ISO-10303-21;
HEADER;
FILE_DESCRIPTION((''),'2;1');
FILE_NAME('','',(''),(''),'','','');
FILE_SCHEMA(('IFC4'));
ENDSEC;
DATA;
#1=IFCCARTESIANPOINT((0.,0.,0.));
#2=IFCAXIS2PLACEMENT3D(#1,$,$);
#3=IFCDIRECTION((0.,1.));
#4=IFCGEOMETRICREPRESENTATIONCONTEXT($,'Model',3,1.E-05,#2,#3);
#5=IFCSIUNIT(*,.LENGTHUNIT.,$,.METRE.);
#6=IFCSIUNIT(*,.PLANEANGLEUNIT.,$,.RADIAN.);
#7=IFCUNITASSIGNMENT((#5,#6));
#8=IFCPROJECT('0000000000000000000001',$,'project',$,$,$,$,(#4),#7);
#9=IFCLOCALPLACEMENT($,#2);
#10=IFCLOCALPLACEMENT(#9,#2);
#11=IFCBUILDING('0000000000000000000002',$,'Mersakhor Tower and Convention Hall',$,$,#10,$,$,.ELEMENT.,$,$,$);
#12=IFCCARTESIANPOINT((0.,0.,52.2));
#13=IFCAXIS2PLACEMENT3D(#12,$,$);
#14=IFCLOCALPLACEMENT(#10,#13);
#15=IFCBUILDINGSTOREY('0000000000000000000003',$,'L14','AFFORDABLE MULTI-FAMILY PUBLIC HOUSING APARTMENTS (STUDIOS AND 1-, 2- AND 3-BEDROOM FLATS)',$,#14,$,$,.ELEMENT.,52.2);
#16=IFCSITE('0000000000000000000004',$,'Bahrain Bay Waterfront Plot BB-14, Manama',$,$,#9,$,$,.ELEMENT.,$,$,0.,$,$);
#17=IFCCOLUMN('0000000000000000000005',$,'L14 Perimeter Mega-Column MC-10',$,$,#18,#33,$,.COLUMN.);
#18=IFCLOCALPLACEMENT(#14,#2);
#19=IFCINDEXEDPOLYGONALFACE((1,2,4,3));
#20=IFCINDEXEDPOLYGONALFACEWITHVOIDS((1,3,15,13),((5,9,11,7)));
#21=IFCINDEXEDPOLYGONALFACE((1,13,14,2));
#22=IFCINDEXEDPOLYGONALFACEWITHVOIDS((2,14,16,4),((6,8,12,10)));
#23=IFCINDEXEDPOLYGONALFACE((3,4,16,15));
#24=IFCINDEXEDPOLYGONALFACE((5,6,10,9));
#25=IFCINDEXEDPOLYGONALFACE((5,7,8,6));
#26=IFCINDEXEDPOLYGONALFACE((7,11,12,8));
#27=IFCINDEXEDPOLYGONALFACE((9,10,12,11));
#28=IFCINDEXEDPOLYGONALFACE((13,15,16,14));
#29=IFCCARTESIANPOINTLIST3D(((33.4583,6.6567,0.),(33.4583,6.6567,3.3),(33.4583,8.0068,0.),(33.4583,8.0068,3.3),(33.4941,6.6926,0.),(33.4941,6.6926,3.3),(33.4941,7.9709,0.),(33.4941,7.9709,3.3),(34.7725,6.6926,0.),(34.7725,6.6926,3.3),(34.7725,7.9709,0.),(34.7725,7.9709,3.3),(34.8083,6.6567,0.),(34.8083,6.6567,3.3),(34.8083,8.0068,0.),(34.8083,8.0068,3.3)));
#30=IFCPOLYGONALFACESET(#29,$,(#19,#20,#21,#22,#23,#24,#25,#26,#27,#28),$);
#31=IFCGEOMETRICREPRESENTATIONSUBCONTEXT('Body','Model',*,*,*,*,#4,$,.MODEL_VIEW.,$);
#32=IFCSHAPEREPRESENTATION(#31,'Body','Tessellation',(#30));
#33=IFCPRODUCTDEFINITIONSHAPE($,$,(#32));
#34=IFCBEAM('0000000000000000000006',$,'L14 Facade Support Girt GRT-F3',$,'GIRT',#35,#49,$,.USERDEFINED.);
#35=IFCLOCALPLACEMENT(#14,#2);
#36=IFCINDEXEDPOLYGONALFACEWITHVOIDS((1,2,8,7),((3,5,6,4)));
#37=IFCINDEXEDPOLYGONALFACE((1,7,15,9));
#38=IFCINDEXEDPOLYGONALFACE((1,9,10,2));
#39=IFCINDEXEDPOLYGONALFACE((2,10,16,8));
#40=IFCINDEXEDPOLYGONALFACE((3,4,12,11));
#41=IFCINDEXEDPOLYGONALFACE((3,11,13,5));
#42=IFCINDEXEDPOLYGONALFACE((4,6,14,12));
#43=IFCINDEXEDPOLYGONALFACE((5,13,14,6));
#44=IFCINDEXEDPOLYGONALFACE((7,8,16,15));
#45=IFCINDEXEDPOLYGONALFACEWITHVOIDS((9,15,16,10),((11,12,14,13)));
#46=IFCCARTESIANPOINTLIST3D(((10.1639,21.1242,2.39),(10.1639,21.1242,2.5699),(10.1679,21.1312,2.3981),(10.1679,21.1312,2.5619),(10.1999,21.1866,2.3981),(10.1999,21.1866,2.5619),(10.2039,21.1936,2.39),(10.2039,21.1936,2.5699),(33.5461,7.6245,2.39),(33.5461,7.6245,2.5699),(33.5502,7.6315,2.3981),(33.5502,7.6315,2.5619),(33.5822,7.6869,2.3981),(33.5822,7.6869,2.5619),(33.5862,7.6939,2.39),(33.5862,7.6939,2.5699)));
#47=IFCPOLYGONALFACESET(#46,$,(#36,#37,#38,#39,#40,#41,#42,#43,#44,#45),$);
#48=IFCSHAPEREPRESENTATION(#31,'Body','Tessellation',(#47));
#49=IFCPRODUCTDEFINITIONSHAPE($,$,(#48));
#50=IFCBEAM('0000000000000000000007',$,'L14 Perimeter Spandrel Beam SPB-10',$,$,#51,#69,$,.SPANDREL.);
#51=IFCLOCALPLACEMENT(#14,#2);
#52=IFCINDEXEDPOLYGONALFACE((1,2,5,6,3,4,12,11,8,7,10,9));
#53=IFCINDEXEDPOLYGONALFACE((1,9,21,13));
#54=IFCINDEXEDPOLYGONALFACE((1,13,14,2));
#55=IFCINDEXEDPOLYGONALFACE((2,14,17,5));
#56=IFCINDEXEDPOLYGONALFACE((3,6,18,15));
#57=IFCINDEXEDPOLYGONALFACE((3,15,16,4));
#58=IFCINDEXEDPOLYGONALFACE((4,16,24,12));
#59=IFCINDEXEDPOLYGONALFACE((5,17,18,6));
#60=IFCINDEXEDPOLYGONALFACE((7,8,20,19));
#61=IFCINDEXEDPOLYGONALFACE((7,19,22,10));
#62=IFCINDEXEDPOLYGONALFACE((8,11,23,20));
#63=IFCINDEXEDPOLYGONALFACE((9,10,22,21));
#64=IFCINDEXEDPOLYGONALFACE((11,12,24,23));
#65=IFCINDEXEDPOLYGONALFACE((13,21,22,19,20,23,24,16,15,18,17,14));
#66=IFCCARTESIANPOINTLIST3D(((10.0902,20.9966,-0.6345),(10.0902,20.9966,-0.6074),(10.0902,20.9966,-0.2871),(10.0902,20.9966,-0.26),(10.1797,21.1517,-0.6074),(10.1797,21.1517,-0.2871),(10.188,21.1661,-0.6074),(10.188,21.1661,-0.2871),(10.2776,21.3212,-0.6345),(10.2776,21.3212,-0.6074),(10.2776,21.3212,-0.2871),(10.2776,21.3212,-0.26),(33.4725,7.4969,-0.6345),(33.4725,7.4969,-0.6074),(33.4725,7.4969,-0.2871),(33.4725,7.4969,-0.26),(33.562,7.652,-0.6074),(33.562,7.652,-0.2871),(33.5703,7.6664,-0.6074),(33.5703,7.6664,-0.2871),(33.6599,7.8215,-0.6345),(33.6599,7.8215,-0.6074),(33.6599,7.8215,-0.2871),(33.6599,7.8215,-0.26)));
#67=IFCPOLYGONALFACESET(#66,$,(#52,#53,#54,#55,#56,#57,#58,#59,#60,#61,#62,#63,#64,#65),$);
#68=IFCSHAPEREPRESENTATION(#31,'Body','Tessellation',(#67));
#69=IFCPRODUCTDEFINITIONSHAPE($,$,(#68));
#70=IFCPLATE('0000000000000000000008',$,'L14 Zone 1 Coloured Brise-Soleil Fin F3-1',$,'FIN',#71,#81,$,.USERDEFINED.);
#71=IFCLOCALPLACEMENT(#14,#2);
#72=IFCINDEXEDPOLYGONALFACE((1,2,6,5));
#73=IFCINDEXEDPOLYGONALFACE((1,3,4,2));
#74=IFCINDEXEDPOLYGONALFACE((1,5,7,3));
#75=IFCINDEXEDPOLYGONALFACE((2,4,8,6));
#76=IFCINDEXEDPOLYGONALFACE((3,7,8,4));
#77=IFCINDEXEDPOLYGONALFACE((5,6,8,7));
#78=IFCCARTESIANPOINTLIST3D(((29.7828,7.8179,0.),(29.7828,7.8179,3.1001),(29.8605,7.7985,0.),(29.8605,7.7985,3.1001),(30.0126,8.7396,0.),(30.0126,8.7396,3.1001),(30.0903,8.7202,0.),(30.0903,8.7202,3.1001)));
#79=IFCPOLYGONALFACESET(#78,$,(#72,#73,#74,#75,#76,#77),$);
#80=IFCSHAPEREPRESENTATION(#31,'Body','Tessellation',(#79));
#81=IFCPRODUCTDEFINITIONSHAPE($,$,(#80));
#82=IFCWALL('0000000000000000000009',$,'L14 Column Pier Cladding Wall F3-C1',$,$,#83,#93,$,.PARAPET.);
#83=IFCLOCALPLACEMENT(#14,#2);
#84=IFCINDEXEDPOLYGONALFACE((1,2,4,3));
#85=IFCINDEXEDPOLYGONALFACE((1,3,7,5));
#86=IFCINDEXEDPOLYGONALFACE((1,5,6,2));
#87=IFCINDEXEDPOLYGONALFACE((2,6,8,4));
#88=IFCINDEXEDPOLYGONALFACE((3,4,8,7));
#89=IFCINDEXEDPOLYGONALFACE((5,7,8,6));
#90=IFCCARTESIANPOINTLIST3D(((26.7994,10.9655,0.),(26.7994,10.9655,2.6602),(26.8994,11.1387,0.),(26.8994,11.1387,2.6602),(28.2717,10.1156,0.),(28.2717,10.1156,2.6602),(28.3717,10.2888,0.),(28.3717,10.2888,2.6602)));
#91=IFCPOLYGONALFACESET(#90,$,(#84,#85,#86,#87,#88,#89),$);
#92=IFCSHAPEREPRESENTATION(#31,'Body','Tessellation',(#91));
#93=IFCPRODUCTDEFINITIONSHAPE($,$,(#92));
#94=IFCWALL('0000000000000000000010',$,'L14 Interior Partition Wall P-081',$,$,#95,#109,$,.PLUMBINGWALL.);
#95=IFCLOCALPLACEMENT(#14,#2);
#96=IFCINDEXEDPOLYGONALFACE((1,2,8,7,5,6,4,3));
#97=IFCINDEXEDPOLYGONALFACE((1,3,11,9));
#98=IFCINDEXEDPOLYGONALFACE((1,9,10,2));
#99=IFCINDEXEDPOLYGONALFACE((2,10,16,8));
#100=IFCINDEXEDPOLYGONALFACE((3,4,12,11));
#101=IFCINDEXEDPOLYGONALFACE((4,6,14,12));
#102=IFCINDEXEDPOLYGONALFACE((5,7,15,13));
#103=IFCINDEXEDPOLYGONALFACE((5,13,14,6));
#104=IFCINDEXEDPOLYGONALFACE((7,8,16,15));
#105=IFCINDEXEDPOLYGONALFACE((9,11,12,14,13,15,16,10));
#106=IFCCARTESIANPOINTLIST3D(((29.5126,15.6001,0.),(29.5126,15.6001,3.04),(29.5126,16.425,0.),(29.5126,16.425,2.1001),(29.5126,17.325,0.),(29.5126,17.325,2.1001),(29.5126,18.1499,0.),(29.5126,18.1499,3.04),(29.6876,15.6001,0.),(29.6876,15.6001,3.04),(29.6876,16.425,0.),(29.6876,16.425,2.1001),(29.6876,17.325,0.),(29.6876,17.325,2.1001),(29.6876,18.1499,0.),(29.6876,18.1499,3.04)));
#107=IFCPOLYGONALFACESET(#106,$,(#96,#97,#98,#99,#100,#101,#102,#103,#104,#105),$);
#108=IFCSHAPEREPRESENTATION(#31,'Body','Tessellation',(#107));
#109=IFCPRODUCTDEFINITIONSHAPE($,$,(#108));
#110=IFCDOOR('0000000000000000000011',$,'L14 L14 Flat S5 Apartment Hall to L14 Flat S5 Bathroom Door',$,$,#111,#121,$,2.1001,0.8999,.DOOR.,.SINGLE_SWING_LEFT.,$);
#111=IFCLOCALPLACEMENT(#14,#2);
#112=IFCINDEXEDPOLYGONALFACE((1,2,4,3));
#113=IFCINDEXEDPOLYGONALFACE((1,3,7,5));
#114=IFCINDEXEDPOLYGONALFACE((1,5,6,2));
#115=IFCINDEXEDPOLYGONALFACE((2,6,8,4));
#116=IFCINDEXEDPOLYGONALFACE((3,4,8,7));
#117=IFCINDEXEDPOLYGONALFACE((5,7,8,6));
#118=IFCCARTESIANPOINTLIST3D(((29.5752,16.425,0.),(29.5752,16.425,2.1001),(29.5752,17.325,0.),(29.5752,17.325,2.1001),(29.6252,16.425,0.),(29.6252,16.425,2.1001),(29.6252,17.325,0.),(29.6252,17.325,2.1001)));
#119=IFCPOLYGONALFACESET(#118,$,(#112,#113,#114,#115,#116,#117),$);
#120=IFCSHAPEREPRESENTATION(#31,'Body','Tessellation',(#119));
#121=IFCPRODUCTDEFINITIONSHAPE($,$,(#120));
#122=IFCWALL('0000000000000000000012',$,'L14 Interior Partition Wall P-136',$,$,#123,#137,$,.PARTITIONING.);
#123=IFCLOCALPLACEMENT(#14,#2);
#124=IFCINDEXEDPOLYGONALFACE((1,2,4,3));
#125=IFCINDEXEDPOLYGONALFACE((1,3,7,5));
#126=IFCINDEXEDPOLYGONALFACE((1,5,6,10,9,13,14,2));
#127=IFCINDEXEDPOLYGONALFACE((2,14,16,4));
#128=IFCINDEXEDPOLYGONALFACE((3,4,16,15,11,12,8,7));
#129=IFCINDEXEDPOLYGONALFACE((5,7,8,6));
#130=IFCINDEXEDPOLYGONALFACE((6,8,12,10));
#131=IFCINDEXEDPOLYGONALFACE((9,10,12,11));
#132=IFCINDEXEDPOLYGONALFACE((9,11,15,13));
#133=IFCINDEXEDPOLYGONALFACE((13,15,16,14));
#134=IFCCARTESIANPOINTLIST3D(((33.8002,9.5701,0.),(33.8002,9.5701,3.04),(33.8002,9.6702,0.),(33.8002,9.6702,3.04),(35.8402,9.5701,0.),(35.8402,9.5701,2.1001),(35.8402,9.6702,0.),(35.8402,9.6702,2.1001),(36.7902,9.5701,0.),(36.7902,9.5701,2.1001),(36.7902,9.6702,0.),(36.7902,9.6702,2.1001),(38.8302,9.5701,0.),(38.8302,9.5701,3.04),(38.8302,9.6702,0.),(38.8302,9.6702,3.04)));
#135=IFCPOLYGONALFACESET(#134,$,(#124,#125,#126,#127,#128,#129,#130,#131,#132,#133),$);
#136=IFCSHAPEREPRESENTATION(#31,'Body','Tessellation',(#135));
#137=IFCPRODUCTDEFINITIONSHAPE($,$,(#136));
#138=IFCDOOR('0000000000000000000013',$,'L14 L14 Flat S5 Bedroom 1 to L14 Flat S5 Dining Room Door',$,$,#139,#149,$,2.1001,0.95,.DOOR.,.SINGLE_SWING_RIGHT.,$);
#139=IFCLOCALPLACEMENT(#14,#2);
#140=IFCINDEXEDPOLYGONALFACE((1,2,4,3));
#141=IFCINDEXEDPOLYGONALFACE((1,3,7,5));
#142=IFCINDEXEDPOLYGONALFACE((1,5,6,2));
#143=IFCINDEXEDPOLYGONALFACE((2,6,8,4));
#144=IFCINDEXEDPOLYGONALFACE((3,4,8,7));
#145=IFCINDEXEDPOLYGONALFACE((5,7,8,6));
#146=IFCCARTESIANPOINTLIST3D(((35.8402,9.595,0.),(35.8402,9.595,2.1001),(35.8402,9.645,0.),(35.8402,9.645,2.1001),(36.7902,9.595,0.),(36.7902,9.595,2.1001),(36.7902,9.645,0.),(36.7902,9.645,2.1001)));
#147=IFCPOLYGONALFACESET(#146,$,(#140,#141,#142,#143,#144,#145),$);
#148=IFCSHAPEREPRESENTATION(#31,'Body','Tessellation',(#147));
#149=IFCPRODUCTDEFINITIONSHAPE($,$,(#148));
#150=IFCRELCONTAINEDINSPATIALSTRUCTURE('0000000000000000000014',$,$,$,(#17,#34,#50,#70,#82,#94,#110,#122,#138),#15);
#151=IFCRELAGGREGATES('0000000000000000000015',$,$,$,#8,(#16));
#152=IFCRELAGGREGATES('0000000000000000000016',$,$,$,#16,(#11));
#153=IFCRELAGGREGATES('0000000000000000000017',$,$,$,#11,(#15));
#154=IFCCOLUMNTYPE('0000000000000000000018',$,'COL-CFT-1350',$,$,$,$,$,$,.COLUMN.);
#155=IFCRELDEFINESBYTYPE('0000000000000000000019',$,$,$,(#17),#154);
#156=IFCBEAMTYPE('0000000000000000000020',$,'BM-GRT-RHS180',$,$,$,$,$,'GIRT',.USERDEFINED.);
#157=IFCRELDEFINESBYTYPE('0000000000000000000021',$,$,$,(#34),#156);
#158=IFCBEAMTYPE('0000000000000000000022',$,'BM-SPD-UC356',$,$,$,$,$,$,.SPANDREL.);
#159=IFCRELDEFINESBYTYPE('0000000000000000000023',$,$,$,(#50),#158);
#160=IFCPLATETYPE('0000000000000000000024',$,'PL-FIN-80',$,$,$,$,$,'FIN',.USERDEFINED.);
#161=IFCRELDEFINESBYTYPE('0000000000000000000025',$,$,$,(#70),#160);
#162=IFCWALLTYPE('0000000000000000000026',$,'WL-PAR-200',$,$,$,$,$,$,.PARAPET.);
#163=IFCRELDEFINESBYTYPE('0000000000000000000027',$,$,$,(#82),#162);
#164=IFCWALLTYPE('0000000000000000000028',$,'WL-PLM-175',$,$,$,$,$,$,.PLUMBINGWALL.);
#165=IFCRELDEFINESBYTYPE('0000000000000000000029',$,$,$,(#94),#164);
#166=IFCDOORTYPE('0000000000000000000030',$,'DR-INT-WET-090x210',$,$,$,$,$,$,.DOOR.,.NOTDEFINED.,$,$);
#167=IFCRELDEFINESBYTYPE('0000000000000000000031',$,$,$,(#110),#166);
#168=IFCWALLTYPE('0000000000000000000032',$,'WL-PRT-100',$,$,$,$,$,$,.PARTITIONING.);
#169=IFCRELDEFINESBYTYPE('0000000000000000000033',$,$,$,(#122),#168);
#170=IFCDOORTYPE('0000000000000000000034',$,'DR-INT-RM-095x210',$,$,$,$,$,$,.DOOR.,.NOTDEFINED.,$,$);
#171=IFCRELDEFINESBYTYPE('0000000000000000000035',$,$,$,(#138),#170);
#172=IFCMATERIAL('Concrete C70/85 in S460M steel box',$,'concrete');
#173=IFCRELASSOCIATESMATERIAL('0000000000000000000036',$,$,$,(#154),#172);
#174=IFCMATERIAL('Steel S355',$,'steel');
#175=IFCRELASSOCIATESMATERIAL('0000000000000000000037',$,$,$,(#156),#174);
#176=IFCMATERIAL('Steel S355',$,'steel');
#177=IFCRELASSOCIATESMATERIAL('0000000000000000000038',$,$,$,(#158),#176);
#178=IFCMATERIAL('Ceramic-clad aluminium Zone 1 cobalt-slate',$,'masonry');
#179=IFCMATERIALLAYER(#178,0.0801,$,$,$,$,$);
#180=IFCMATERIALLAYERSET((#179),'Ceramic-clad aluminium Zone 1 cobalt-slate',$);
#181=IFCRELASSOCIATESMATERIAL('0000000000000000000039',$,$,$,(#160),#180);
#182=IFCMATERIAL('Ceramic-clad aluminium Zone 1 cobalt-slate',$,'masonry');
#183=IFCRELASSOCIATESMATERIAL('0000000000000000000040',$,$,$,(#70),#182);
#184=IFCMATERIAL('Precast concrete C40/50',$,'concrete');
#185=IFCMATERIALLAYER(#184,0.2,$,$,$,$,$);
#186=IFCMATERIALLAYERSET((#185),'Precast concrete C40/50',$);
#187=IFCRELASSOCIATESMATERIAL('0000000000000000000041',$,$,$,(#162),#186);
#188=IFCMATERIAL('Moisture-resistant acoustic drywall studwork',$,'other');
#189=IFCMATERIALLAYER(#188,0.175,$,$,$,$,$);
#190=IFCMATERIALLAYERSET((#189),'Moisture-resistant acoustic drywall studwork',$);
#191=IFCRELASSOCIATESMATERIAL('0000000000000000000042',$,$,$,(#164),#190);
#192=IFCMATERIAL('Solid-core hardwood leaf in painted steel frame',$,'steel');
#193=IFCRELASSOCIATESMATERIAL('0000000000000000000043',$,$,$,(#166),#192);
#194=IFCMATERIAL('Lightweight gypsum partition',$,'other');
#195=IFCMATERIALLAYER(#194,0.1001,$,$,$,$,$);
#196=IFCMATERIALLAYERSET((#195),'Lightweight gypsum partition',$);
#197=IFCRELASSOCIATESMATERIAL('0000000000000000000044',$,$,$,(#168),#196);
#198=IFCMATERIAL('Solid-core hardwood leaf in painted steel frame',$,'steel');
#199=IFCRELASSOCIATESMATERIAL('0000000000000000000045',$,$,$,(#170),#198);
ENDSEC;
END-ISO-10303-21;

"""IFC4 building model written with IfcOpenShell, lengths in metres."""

from ifc_helpers import new_model, si_unit, direction, frame, frame_2d, origin, origin_2d, place, context, subcontext, project, spatial, rectangle, hollow_rectangle, i_section, extrude, material, layer, layer_set, material_profile, profile_set, type_object, element, fill, save


model = new_model("IFC4")

# Units and contexts
model_context = context("Model", 3, precision=1e-05, world=origin(), true_north=direction((0.0, 1.0)))
body_context = subcontext(model_context, "Body", "Model", "MODEL_VIEW")
ifc_project = project(units=[si_unit("LENGTHUNIT", "METRE"), si_unit("PLANEANGLEUNIT", "RADIAN")], contexts=[model_context])

# Site, building, storey
site_placement = place(None, origin())
site = spatial("IfcSite", under=ifc_project, at=site_placement, Name="Bahrain Bay Waterfront Plot BB-14, Manama", CompositionType="ELEMENT", RefElevation=0.0)
building_placement = place(site_placement, origin())
building = spatial("IfcBuilding", under=site, at=building_placement, Name="Mersakhor Tower and Convention Hall", CompositionType="ELEMENT")
storey_placement = place(building_placement, frame((0.0, 0.0, 52.2)))
storey = spatial("IfcBuildingStorey", under=building, at=storey_placement, Name="L14", Description="AFFORDABLE MULTI-FAMILY PUBLIC HOUSING APARTMENTS (STUDIOS AND 1-, 2- AND 3-BEDROOM FLATS)", CompositionType="ELEMENT", Elevation=52.2)

# Column
ifc_material_1 = material(Name="Concrete C70/85 in S460M steel box", Category="concrete")
ifc_material_profile_1 = material_profile(ifc_material_1, hollow_rectangle(XDim=1.3501, YDim=1.3501, WallThickness=0.0359, at=origin_2d()), Name="SHS 1350x1350x36")
ifc_profile_set_1 = profile_set([ifc_material_profile_1], Name="Concrete C70/85 in S460M steel box")
column_type = type_object("IfcColumnType", Name="COL-CFT-1350", PredefinedType="COLUMN", material=ifc_profile_set_1)
column_placement = place(storey_placement, frame((34.1333, 7.3318, 0.0), z_axis=(0.0, 0.0, 1.0), x_axis=(1.0, 0.0, 0.0)))
element("IfcColumn", 1, at=column_placement, inside=storey, type_object=column_type, Name="L14 Perimeter Mega-Column MC-10", PredefinedType="COLUMN", context=body_context, shape_type="SweptSolid", body=[
    extrude(hollow_rectangle(XDim=1.3501, YDim=1.3501, WallThickness=0.0359, at=origin_2d()), origin(), (0.0, 0.0, 1.0), 3.3),
])

# Beams
ifc_material_2 = material(Name="Steel S355", Category="steel")
ifc_material_profile_2 = material_profile(ifc_material_2, hollow_rectangle(XDim=0.0801, YDim=0.1799, WallThickness=0.0081, at=origin_2d()), Name="RHS 180x80x8")
ifc_profile_set_2 = profile_set([ifc_material_profile_2], Name="Steel S355")
beam_type_1 = type_object("IfcBeamType", Name="BM-GRT-RHS180", ElementType="GIRT", PredefinedType="USERDEFINED", material=ifc_profile_set_2)
beam_1_placement = place(storey_placement, frame((33.5662, 7.6592, 2.48), z_axis=(-0.866026, 0.499999, 0.0), x_axis=(-0.499999, -0.866026, 0.0)))
element("IfcBeam", 2, at=beam_1_placement, inside=storey, type_object=beam_type_1, Name="L14 Facade Support Girt GRT-F3", ObjectType="GIRT", PredefinedType="USERDEFINED", context=body_context, shape_type="SweptSolid", body=[
    extrude(hollow_rectangle(XDim=0.0801, YDim=0.1799, WallThickness=0.0081, at=origin_2d()), origin(), (0.0, 0.0, 1.0), 26.9995),
])
ifc_material_3 = material(Name="Steel S355", Category="steel")
ifc_material_profile_3 = material_profile(ifc_material_3, i_section(OverallWidth=0.3748, OverallDepth=0.3745, WebThickness=0.0166, FlangeThickness=0.0271, at=origin_2d()), Name="UC 356x368x202")
ifc_profile_set_3 = profile_set([ifc_material_profile_3], Name="Steel S355")
beam_type_2 = type_object("IfcBeamType", Name="BM-SPD-UC356", PredefinedType="SPANDREL", material=ifc_profile_set_3)
beam_2_placement = place(storey_placement, frame((33.5662, 7.6592, -0.4473), z_axis=(-0.866026, 0.499999, 0.0), x_axis=(-0.499999, -0.866026, 0.0)))
element("IfcBeam", 3, at=beam_2_placement, inside=storey, type_object=beam_type_2, Name="L14 Perimeter Spandrel Beam SPB-10", PredefinedType="SPANDREL", context=body_context, shape_type="SweptSolid", body=[
    extrude(i_section(OverallWidth=0.3748, OverallDepth=0.3745, WebThickness=0.0166, FlangeThickness=0.0271, at=origin_2d()), origin(), (0.0, 0.0, 1.0), 26.9995),
])

# Plate
ifc_material_4 = material(Name="Ceramic-clad aluminium Zone 1 cobalt-slate", Category="masonry")
ifc_material_5 = material(Name="Ceramic-clad aluminium Zone 1 cobalt-slate", Category="masonry")
ifc_layer_1 = layer(ifc_material_5, 0.0801)
ifc_layer_set_1 = layer_set([ifc_layer_1], Name="Ceramic-clad aluminium Zone 1 cobalt-slate")
plate_type = type_object("IfcPlateType", Name="PL-FIN-80", ElementType="FIN", PredefinedType="USERDEFINED", material=ifc_layer_set_1)
plate_placement = place(storey_placement, frame((29.9365, 8.269, 0.0), z_axis=(0.0, 0.0, 1.0), x_axis=(-0.241922, -0.970296, 0.0)))
element("IfcPlate", 4, at=plate_placement, inside=storey, type_object=plate_type, material=ifc_material_4, Name="L14 Zone 1 Coloured Brise-Soleil Fin F3-1", ObjectType="FIN", PredefinedType="USERDEFINED", context=body_context, shape_type="SweptSolid", body=[
    extrude(rectangle(XDim=0.95, YDim=0.0801, at=origin_2d()), origin(), (0.0, 0.0, 1.0), 3.1001),
])

# Wall
ifc_material_6 = material(Name="Precast concrete C40/50", Category="concrete")
ifc_layer_2 = layer(ifc_material_6, 0.2)
ifc_layer_set_2 = layer_set([ifc_layer_2], Name="Precast concrete C40/50")
wall_type_1 = type_object("IfcWallType", Name="WL-PAR-200", PredefinedType="PARAPET", material=ifc_layer_set_2)
wall_1_placement = place(storey_placement, frame((28.3218, 10.2021, 0.0), z_axis=(0.0, 0.0, 1.0), x_axis=(-0.866052, 0.499955, 0.0)))
element("IfcWall", 5, at=wall_1_placement, inside=storey, type_object=wall_type_1, Name="L14 Column Pier Cladding Wall F3-C1", PredefinedType="PARAPET", context=body_context, shape_type="SweptSolid", body=[
    extrude(rectangle(XDim=1.7, YDim=0.2, at=frame_2d((0.8501, 0.0))), origin(), (0.0, 0.0, 1.0), 2.6602),
])

# Walls, openings, doors
ifc_material_7 = material(Name="Moisture-resistant acoustic drywall studwork", Category="other")
ifc_layer_3 = layer(ifc_material_7, 0.175)
ifc_layer_set_3 = layer_set([ifc_layer_3], Name="Moisture-resistant acoustic drywall studwork")
wall_type_2 = type_object("IfcWallType", Name="WL-PLM-175", PredefinedType="PLUMBINGWALL", material=ifc_layer_set_3)
wall_2_placement = place(storey_placement, frame((29.6001, 15.6001, 0.0), z_axis=(0.0, 0.0, 1.0), x_axis=(0.0, 1.0, 0.0)))
wall_2 = element("IfcWall", 6, at=wall_2_placement, inside=storey, type_object=wall_type_2, Name="L14 Interior Partition Wall P-081", PredefinedType="PLUMBINGWALL", context=body_context, shape_type="SweptSolid", body=[
    extrude(rectangle(XDim=2.5498, YDim=0.175, at=frame_2d((1.2749, 0.0))), origin(), (0.0, 0.0, 1.0), 3.04),
])
opening_1_placement = place(wall_2_placement, frame((0.825, 0.0, 0.0)))
opening_1 = element("IfcOpeningElement", 7, at=opening_1_placement, cuts=wall_2, PredefinedType="OPENING", context=body_context, shape_type="SweptSolid", body=[
    extrude(rectangle(XDim=0.8999, YDim=2.1001, at=frame_2d((0.45, 1.05))), frame((0.0, 0.0974, 0.0), z_axis=(0.0, -1.0, 0.0), x_axis=(1.0, 0.0, 0.0)), (0.0, 0.0, 1.0), 0.1951),
])
ifc_material_8 = material(Name="Solid-core hardwood leaf in painted steel frame", Category="steel")
door_type_1 = type_object("IfcDoorType", Name="DR-INT-WET-090x210", OperationType="NOTDEFINED", PredefinedType="DOOR", material=ifc_material_8)
door_1_placement = place(opening_1_placement, origin())
door_1 = element("IfcDoor", 8, at=door_1_placement, inside=storey, type_object=door_type_1, Name="L14 L14 Flat S5 Apartment Hall to L14 Flat S5 Bathroom Door", OperationType="SINGLE_SWING_LEFT", OverallHeight=2.1001, OverallWidth=0.8999, PredefinedType="DOOR", context=body_context, shape_type="SweptSolid", body=[
    extrude(rectangle(XDim=0.8999, YDim=2.1001, at=frame_2d((0.45, 1.05))), frame((0.0, 0.0249, 0.0), z_axis=(0.0, -1.0, 0.0), x_axis=(1.0, 0.0, 0.0)), (0.0, 0.0, 1.0), 0.05),
])
fill(opening_1, door_1)
ifc_material_9 = material(Name="Lightweight gypsum partition", Category="other")
ifc_layer_4 = layer(ifc_material_9, 0.1001)
ifc_layer_set_4 = layer_set([ifc_layer_4], Name="Lightweight gypsum partition")
wall_type_3 = type_object("IfcWallType", Name="WL-PRT-100", PredefinedType="PARTITIONING", material=ifc_layer_set_4)
wall_3_placement = place(storey_placement, frame((33.8, 9.6201, 0.0), z_axis=(0.0, 0.0, 1.0), x_axis=(1.0, 0.0, 0.0)))
wall_3 = element("IfcWall", 9, at=wall_3_placement, inside=storey, type_object=wall_type_3, Name="L14 Interior Partition Wall P-136", PredefinedType="PARTITIONING", context=body_context, shape_type="SweptSolid", body=[
    extrude(rectangle(XDim=5.03, YDim=0.1001, at=frame_2d((2.5151, 0.0))), origin(), (0.0, 0.0, 1.0), 3.04),
])
opening_2_placement = place(wall_3_placement, frame((2.04, 0.0, 0.0)))
opening_2 = element("IfcOpeningElement", 10, at=opening_2_placement, cuts=wall_3, PredefinedType="OPENING", context=body_context, shape_type="SweptSolid", body=[
    extrude(rectangle(XDim=0.95, YDim=2.1001, at=frame_2d((0.4751, 1.05))), frame((0.0, 0.0601, 0.0), z_axis=(0.0, -1.0, 0.0), x_axis=(1.0, 0.0, 0.0)), (0.0, 0.0, 1.0), 0.1201),
])
ifc_material_10 = material(Name="Solid-core hardwood leaf in painted steel frame", Category="steel")
door_type_2 = type_object("IfcDoorType", Name="DR-INT-RM-095x210", OperationType="NOTDEFINED", PredefinedType="DOOR", material=ifc_material_10)
door_2_placement = place(opening_2_placement, origin())
door_2 = element("IfcDoor", 11, at=door_2_placement, inside=storey, type_object=door_type_2, Name="L14 L14 Flat S5 Bedroom 1 to L14 Flat S5 Dining Room Door", OperationType="SINGLE_SWING_RIGHT", OverallHeight=2.1001, OverallWidth=0.95, PredefinedType="DOOR", context=body_context, shape_type="SweptSolid", body=[
    extrude(rectangle(XDim=0.95, YDim=2.1001, at=frame_2d((0.4751, 1.05))), frame((0.0, 0.0249, 0.0), z_axis=(0.0, -1.0, 0.0), x_axis=(1.0, 0.0, 0.0)), (0.0, 0.0, 1.0), 0.05),
])
fill(opening_2, door_2)

save(model, "model.ifc")
